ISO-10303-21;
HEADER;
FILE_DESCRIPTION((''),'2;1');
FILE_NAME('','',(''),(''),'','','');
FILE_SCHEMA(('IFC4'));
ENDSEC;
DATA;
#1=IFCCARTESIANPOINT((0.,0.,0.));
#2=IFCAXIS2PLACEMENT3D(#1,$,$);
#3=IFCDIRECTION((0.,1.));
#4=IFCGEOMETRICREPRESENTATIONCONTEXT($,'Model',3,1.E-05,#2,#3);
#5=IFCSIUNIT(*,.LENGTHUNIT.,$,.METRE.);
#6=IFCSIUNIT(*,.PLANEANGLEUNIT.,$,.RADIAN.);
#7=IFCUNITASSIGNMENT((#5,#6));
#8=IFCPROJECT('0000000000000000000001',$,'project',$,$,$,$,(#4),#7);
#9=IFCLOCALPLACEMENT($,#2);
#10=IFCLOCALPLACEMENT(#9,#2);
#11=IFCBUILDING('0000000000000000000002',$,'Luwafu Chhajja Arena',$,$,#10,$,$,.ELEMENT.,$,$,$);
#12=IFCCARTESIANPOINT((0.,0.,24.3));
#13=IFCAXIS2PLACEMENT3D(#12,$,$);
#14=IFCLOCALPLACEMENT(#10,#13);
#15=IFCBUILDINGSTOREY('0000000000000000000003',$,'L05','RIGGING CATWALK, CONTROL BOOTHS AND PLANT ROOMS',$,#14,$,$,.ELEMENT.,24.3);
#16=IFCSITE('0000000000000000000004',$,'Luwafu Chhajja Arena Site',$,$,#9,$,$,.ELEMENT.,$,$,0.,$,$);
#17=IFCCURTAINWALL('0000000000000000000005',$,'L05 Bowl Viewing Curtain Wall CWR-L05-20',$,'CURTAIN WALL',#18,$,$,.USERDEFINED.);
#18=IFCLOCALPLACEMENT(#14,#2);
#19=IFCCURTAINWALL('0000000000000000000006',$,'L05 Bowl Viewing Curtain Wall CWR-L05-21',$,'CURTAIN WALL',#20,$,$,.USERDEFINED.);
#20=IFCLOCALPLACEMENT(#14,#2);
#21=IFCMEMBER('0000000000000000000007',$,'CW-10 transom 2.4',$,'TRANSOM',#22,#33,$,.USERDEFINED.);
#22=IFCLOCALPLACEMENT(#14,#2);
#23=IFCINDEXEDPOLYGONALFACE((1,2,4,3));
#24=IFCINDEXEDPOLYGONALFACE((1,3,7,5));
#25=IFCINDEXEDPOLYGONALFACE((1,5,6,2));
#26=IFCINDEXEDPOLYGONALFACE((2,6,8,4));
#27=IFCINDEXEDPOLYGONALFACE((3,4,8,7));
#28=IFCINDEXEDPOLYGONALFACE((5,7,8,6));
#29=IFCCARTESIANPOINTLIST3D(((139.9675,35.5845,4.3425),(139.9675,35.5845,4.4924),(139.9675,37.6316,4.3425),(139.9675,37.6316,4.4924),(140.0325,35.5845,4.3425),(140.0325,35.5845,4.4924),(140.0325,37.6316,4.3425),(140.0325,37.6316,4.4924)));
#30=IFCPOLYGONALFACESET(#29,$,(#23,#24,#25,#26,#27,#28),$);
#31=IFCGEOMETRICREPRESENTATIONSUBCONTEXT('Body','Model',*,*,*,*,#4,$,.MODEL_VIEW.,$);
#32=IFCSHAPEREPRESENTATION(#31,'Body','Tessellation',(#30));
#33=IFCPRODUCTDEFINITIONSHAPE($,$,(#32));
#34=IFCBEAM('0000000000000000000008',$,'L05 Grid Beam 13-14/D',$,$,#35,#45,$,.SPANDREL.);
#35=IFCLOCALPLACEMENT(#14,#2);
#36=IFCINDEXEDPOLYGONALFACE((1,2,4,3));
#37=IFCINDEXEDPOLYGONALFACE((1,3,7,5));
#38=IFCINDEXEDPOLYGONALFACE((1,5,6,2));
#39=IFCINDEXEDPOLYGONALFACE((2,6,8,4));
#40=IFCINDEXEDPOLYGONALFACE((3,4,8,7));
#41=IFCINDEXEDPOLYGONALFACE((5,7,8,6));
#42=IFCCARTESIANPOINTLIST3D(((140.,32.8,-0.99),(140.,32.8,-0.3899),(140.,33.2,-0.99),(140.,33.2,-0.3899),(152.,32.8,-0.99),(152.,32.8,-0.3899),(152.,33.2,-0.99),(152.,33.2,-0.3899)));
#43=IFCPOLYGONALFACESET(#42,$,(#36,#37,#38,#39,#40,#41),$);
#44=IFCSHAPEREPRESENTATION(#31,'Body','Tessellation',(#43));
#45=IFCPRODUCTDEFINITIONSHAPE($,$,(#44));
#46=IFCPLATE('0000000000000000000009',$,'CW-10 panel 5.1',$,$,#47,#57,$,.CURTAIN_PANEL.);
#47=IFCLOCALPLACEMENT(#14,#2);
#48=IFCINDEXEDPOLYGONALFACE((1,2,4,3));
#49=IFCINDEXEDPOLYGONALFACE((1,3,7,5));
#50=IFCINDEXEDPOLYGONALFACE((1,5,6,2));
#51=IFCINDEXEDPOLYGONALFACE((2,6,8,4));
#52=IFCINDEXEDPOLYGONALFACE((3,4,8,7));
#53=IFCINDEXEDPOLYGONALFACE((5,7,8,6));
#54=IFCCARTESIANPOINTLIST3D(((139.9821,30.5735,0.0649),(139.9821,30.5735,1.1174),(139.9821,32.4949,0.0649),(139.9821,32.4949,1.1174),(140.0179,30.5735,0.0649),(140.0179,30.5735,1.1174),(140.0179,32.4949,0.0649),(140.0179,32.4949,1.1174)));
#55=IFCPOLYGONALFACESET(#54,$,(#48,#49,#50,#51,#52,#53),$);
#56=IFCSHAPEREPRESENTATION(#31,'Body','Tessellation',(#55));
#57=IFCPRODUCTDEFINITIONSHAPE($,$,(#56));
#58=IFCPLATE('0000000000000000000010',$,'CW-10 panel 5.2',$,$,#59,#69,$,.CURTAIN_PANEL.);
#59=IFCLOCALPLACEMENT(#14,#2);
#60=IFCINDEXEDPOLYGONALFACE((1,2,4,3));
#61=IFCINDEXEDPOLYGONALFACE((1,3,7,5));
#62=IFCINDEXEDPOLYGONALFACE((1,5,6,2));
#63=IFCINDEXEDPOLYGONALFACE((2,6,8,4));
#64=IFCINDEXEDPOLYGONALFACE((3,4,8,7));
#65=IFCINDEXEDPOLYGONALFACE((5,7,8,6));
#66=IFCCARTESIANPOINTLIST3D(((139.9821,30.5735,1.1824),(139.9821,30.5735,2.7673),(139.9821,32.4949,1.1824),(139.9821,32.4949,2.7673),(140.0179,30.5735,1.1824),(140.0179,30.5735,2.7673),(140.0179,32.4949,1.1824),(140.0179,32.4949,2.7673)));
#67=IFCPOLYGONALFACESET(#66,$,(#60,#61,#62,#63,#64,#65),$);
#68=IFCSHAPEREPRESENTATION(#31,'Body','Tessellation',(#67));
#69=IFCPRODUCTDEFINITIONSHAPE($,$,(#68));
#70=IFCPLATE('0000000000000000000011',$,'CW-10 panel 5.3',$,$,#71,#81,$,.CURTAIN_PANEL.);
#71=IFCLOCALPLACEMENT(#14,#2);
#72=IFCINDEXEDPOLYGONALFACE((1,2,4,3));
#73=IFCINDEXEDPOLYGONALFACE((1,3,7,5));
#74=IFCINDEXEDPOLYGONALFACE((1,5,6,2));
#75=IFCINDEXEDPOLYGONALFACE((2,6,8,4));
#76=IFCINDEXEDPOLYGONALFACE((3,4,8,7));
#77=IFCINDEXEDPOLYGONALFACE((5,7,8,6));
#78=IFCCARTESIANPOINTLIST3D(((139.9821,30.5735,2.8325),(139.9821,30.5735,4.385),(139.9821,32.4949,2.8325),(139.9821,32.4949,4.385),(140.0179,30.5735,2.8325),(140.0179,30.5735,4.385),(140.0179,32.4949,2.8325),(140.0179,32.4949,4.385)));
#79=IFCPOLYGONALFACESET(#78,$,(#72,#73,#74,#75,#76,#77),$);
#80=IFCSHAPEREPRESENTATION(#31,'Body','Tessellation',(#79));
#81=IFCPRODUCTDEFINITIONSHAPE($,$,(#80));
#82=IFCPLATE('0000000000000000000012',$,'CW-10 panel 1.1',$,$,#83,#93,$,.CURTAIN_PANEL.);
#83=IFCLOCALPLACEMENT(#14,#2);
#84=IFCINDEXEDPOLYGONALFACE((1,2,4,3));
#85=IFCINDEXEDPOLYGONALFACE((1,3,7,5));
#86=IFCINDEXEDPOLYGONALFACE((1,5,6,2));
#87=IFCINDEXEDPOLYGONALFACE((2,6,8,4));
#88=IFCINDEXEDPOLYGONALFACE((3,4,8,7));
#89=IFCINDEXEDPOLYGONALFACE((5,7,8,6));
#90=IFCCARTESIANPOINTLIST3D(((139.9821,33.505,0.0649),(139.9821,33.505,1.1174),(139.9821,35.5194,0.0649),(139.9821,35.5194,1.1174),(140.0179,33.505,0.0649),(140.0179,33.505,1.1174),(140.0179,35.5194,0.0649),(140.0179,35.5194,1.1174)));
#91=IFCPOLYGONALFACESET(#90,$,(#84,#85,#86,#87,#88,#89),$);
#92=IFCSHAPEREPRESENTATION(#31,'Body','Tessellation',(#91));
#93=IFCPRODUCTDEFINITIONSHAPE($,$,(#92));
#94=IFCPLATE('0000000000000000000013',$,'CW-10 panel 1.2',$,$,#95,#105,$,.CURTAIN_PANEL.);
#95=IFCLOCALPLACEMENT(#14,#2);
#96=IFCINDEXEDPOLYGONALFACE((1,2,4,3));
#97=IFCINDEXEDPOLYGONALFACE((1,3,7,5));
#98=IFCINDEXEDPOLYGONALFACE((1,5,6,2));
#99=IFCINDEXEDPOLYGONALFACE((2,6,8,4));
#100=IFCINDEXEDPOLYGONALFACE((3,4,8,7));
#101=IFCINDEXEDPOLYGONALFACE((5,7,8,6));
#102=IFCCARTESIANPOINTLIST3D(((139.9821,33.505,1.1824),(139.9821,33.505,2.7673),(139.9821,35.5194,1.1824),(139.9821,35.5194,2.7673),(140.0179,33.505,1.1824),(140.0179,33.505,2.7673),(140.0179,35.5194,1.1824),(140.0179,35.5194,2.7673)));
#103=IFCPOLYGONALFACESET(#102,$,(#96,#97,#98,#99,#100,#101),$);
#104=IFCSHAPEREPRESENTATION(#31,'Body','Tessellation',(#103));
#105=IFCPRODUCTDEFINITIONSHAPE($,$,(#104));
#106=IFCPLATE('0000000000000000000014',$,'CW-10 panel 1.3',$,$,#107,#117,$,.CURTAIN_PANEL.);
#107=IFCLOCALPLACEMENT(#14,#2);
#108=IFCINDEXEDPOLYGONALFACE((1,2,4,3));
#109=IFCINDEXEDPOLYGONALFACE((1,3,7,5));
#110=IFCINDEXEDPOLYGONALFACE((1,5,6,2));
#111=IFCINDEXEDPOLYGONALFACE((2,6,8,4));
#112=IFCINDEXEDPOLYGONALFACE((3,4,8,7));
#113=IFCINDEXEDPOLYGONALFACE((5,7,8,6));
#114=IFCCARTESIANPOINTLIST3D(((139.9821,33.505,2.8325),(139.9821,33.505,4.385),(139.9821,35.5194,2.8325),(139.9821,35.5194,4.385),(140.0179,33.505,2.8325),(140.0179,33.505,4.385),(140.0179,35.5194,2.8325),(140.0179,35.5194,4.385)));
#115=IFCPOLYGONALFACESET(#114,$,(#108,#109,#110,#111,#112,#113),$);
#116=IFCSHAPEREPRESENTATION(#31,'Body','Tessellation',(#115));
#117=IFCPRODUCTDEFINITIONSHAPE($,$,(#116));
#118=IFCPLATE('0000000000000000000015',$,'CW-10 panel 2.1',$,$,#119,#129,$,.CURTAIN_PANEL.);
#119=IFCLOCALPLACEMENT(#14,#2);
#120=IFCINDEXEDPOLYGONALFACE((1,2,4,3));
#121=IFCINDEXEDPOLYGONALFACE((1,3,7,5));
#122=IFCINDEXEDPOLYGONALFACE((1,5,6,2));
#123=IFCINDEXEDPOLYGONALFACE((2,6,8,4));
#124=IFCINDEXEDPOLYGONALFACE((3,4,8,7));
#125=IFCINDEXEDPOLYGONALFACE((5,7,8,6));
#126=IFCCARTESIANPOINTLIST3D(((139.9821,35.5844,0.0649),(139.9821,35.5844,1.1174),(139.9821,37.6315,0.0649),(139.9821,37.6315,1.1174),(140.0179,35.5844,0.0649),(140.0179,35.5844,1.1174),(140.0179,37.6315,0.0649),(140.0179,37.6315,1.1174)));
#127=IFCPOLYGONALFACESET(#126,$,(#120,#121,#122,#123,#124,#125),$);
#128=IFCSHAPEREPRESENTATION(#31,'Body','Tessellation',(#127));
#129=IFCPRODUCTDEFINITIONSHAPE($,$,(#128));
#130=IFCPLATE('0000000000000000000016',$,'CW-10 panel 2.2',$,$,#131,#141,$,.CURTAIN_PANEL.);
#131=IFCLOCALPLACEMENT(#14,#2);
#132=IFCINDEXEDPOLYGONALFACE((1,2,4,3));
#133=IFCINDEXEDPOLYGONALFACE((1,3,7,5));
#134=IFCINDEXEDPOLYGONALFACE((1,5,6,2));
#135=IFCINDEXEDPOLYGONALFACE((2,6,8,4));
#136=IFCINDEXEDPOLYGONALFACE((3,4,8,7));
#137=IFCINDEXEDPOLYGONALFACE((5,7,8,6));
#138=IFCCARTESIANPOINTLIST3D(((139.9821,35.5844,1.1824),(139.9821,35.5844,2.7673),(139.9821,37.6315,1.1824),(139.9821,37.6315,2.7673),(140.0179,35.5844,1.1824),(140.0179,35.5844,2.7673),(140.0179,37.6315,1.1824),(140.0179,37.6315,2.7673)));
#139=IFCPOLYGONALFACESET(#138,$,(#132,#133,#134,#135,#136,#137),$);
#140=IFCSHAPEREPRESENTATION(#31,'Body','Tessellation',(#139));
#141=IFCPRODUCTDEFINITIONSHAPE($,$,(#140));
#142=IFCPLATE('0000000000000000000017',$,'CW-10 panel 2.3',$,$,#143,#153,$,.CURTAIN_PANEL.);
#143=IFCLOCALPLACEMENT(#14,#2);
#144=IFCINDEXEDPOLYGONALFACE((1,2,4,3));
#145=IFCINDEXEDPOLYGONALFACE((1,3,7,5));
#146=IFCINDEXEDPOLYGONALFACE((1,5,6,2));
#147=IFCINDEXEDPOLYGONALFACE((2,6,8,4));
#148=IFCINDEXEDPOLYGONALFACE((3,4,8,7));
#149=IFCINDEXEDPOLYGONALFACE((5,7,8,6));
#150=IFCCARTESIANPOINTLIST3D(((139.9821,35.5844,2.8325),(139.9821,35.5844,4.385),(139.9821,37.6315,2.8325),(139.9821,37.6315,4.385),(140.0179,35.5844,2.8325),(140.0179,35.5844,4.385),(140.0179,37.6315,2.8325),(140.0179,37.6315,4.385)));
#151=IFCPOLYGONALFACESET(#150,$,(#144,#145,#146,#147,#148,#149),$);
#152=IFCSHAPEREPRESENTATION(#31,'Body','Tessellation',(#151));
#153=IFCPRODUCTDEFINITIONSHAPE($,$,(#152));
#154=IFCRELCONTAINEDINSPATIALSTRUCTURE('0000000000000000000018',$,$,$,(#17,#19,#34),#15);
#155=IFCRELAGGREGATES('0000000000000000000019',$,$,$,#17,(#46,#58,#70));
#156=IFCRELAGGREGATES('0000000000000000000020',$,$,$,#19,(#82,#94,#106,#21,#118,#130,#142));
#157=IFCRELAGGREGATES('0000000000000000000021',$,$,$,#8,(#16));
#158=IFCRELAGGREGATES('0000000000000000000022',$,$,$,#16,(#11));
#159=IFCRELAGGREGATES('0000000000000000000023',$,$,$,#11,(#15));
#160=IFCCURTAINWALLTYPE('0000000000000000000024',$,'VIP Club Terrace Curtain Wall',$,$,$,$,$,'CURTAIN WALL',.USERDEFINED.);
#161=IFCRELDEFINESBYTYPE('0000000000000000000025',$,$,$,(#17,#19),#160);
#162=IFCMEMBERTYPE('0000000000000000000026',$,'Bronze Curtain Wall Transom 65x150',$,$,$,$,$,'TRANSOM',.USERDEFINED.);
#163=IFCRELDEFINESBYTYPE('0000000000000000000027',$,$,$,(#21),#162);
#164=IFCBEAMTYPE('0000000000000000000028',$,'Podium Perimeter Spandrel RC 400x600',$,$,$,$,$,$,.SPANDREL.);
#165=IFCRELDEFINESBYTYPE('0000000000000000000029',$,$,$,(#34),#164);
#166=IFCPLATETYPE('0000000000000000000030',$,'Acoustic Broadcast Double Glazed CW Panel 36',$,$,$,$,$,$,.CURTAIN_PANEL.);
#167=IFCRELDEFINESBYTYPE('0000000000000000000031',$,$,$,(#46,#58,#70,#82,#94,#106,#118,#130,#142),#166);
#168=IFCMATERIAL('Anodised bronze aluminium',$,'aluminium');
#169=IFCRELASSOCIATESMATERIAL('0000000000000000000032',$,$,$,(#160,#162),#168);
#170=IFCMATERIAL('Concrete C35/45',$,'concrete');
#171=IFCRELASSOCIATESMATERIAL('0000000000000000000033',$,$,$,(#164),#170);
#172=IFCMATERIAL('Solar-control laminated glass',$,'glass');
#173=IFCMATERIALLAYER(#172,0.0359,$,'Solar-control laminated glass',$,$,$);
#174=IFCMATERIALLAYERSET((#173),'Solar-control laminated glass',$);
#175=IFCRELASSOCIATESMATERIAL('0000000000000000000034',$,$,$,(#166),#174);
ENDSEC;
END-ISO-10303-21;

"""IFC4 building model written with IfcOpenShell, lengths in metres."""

from ifc_helpers import new_model, si_unit, direction, frame, origin, origin_2d, place, context, subcontext, project, spatial, rectangle, extrude, material, layer, layer_set, material_profile, profile_set, type_object, element, aggregate, save


model = new_model("IFC4")

# Units and contexts
model_context = context("Model", 3, precision=1e-05, world=origin(), true_north=direction((0.0, 1.0)))
body_context = subcontext(model_context, "Body", "Model", "MODEL_VIEW")
ifc_project = project(units=[si_unit("LENGTHUNIT", "METRE"), si_unit("PLANEANGLEUNIT", "RADIAN")], contexts=[model_context])

# Site, building, storey
site_placement = place(None, origin())
site = spatial("IfcSite", under=ifc_project, at=site_placement, Name="Luwafu Chhajja Arena Site", CompositionType="ELEMENT", RefElevation=0.0)
building_placement = place(site_placement, origin())
building = spatial("IfcBuilding", under=site, at=building_placement, Name="Luwafu Chhajja Arena", CompositionType="ELEMENT")
storey_placement = place(building_placement, frame((0.0, 0.0, 24.3)))
storey = spatial("IfcBuildingStorey", under=building, at=storey_placement, Name="L05", Description="RIGGING CATWALK, CONTROL BOOTHS AND PLANT ROOMS", CompositionType="ELEMENT", Elevation=24.3)

# Shared definitions
ifc_material_1 = material(Name="Concrete C35/45", Category="concrete")

# Curtain wall
ifc_material_2 = material(Name="Anodised bronze aluminium", Category="aluminium")
curtain_wall_type = type_object("IfcCurtainWallType", Name="VIP Club Terrace Curtain Wall", ElementType="CURTAIN WALL", PredefinedType="USERDEFINED", material=ifc_material_2)
curtain_wall_1_placement = place(storey_placement, origin())
curtain_wall_1 = element("IfcCurtainWall", 1, at=curtain_wall_1_placement, inside=storey, type_object=curtain_wall_type, Name="L05 Bowl Viewing Curtain Wall CWR-L05-20", ObjectType="CURTAIN WALL", PredefinedType="USERDEFINED")

# Curtain wall
curtain_wall_2_placement = place(storey_placement, origin())
curtain_wall_2 = element("IfcCurtainWall", 2, at=curtain_wall_2_placement, inside=storey, type_object=curtain_wall_type, Name="L05 Bowl Viewing Curtain Wall CWR-L05-21", ObjectType="CURTAIN WALL", PredefinedType="USERDEFINED")

# Member
ifc_material_profile_1 = material_profile(ifc_material_2, rectangle(XDim=0.0649, YDim=0.1499, at=origin_2d()), Name="CWT 65x150")
ifc_profile_set_1 = profile_set([ifc_material_profile_1], Name="Anodised bronze aluminium")
member_type_1 = type_object("IfcMemberType", Name="Bronze Curtain Wall Transom 65x150", ElementType="TRANSOM", PredefinedType="USERDEFINED", material=ifc_profile_set_1)
member_1_placement = place(storey_placement, frame((140.0, 35.5845, 4.4175), z_axis=(0.0, 1.0, 0.0), x_axis=(-1.0, 0.0, 0.0)))
member_1 = element("IfcMember", 3, at=member_1_placement, type_object=member_type_1, Name="CW-10 transom 2.4", ObjectType="TRANSOM", PredefinedType="USERDEFINED", context=body_context, shape_type="SweptSolid", body=[
    extrude(rectangle(XDim=0.0649, YDim=0.1499, at=origin_2d()), origin(), (0.0, 0.0, 1.0), 2.0471),
])

# Beam
ifc_material_profile_2 = material_profile(ifc_material_1, rectangle(XDim=0.3999, YDim=0.6001, at=origin_2d()), Name="RC 400x600")
ifc_profile_set_2 = profile_set([ifc_material_profile_2], Name="Concrete C35/45")
beam_type = type_object("IfcBeamType", Name="Podium Perimeter Spandrel RC 400x600", PredefinedType="SPANDREL", material=ifc_profile_set_2)
beam_placement = place(storey_placement, frame((140.0, 33.0, -0.6899), z_axis=(1.0, 0.0, 0.0), x_axis=(0.0, 1.0, 0.0)))
element("IfcBeam", 4, at=beam_placement, inside=storey, type_object=beam_type, Name="L05 Grid Beam 13-14/D", PredefinedType="SPANDREL", context=body_context, shape_type="SweptSolid", body=[
    extrude(rectangle(XDim=0.3999, YDim=0.6001, at=origin_2d()), origin(), (0.0, 0.0, 1.0), 12.0),
])

# Plates
ifc_material_3 = material(Name="Solar-control laminated glass", Category="glass")
ifc_layer = layer(ifc_material_3, 0.0359, Name="Solar-control laminated glass")
ifc_layer_set = layer_set([ifc_layer], Name="Solar-control laminated glass")
plate_type = type_object("IfcPlateType", Name="Acoustic Broadcast Double Glazed CW Panel 36", PredefinedType="CURTAIN_PANEL", material=ifc_layer_set)
plate_1_placement = place(storey_placement, frame((140.0, 31.5342, 0.0649), z_axis=(0.0, 0.0, 1.0), x_axis=(0.0, 1.0, 0.0)))
plate_1 = element("IfcPlate", 5, at=plate_1_placement, type_object=plate_type, Name="CW-10 panel 5.1", PredefinedType="CURTAIN_PANEL", context=body_context, shape_type="SweptSolid", body=[
    extrude(rectangle(XDim=1.9214, YDim=0.0359, at=origin_2d()), origin(), (0.0, 0.0, 1.0), 1.0525),
])
plate_2_placement = place(storey_placement, frame((140.0, 31.5342, 1.1824), z_axis=(0.0, 0.0, 1.0), x_axis=(0.0, 1.0, 0.0)))
plate_2 = element("IfcPlate", 6, at=plate_2_placement, type_object=plate_type, Name="CW-10 panel 5.2", PredefinedType="CURTAIN_PANEL", context=body_context, shape_type="SweptSolid", body=[
    extrude(rectangle(XDim=1.9214, YDim=0.0359, at=origin_2d()), origin(), (0.0, 0.0, 1.0), 1.585),
])
plate_3_placement = place(storey_placement, frame((140.0, 31.5342, 2.8325), z_axis=(0.0, 0.0, 1.0), x_axis=(0.0, 1.0, 0.0)))
plate_3 = element("IfcPlate", 7, at=plate_3_placement, type_object=plate_type, Name="CW-10 panel 5.3", PredefinedType="CURTAIN_PANEL", context=body_context, shape_type="SweptSolid", body=[
    extrude(rectangle(XDim=1.9214, YDim=0.0359, at=origin_2d()), origin(), (0.0, 0.0, 1.0), 1.5525),
])
aggregate(curtain_wall_1, [plate_1, plate_2, plate_3])
plate_4_placement = place(storey_placement, frame((140.0, 34.5122, 0.0649), z_axis=(0.0, 0.0, 1.0), x_axis=(0.0, 1.0, 0.0)))
plate_4 = element("IfcPlate", 8, at=plate_4_placement, type_object=plate_type, Name="CW-10 panel 1.1", PredefinedType="CURTAIN_PANEL", context=body_context, shape_type="SweptSolid", body=[
    extrude(rectangle(XDim=2.0144, YDim=0.0359, at=origin_2d()), origin(), (0.0, 0.0, 1.0), 1.0525),
])
plate_5_placement = place(storey_placement, frame((140.0, 34.5122, 1.1824), z_axis=(0.0, 0.0, 1.0), x_axis=(0.0, 1.0, 0.0)))
plate_5 = element("IfcPlate", 9, at=plate_5_placement, type_object=plate_type, Name="CW-10 panel 1.2", PredefinedType="CURTAIN_PANEL", context=body_context, shape_type="SweptSolid", body=[
    extrude(rectangle(XDim=2.0144, YDim=0.0359, at=origin_2d()), origin(), (0.0, 0.0, 1.0), 1.585),
])
plate_6_placement = place(storey_placement, frame((140.0, 34.5122, 2.8325), z_axis=(0.0, 0.0, 1.0), x_axis=(0.0, 1.0, 0.0)))
plate_6 = element("IfcPlate", 10, at=plate_6_placement, type_object=plate_type, Name="CW-10 panel 1.3", PredefinedType="CURTAIN_PANEL", context=body_context, shape_type="SweptSolid", body=[
    extrude(rectangle(XDim=2.0144, YDim=0.0359, at=origin_2d()), origin(), (0.0, 0.0, 1.0), 1.5525),
])
plate_7_placement = place(storey_placement, frame((140.0, 36.6079, 0.0649), z_axis=(0.0, 0.0, 1.0), x_axis=(0.0, 1.0, 0.0)))
plate_7 = element("IfcPlate", 11, at=plate_7_placement, type_object=plate_type, Name="CW-10 panel 2.1", PredefinedType="CURTAIN_PANEL", context=body_context, shape_type="SweptSolid", body=[
    extrude(rectangle(XDim=2.0471, YDim=0.0359, at=origin_2d()), origin(), (0.0, 0.0, 1.0), 1.0525),
])
plate_8_placement = place(storey_placement, frame((140.0, 36.6079, 1.1824), z_axis=(0.0, 0.0, 1.0), x_axis=(0.0, 1.0, 0.0)))
plate_8 = element("IfcPlate", 12, at=plate_8_placement, type_object=plate_type, Name="CW-10 panel 2.2", PredefinedType="CURTAIN_PANEL", context=body_context, shape_type="SweptSolid", body=[
    extrude(rectangle(XDim=2.0471, YDim=0.0359, at=origin_2d()), origin(), (0.0, 0.0, 1.0), 1.585),
])
plate_9_placement = place(storey_placement, frame((140.0, 36.6079, 2.8325), z_axis=(0.0, 0.0, 1.0), x_axis=(0.0, 1.0, 0.0)))
plate_9 = element("IfcPlate", 13, at=plate_9_placement, type_object=plate_type, Name="CW-10 panel 2.3", PredefinedType="CURTAIN_PANEL", context=body_context, shape_type="SweptSolid", body=[
    extrude(rectangle(XDim=2.0471, YDim=0.0359, at=origin_2d()), origin(), (0.0, 0.0, 1.0), 1.5525),
])
aggregate(curtain_wall_2, [plate_4, plate_5, plate_6, member_1, plate_7, plate_8, plate_9])

save(model, "model.ifc")
